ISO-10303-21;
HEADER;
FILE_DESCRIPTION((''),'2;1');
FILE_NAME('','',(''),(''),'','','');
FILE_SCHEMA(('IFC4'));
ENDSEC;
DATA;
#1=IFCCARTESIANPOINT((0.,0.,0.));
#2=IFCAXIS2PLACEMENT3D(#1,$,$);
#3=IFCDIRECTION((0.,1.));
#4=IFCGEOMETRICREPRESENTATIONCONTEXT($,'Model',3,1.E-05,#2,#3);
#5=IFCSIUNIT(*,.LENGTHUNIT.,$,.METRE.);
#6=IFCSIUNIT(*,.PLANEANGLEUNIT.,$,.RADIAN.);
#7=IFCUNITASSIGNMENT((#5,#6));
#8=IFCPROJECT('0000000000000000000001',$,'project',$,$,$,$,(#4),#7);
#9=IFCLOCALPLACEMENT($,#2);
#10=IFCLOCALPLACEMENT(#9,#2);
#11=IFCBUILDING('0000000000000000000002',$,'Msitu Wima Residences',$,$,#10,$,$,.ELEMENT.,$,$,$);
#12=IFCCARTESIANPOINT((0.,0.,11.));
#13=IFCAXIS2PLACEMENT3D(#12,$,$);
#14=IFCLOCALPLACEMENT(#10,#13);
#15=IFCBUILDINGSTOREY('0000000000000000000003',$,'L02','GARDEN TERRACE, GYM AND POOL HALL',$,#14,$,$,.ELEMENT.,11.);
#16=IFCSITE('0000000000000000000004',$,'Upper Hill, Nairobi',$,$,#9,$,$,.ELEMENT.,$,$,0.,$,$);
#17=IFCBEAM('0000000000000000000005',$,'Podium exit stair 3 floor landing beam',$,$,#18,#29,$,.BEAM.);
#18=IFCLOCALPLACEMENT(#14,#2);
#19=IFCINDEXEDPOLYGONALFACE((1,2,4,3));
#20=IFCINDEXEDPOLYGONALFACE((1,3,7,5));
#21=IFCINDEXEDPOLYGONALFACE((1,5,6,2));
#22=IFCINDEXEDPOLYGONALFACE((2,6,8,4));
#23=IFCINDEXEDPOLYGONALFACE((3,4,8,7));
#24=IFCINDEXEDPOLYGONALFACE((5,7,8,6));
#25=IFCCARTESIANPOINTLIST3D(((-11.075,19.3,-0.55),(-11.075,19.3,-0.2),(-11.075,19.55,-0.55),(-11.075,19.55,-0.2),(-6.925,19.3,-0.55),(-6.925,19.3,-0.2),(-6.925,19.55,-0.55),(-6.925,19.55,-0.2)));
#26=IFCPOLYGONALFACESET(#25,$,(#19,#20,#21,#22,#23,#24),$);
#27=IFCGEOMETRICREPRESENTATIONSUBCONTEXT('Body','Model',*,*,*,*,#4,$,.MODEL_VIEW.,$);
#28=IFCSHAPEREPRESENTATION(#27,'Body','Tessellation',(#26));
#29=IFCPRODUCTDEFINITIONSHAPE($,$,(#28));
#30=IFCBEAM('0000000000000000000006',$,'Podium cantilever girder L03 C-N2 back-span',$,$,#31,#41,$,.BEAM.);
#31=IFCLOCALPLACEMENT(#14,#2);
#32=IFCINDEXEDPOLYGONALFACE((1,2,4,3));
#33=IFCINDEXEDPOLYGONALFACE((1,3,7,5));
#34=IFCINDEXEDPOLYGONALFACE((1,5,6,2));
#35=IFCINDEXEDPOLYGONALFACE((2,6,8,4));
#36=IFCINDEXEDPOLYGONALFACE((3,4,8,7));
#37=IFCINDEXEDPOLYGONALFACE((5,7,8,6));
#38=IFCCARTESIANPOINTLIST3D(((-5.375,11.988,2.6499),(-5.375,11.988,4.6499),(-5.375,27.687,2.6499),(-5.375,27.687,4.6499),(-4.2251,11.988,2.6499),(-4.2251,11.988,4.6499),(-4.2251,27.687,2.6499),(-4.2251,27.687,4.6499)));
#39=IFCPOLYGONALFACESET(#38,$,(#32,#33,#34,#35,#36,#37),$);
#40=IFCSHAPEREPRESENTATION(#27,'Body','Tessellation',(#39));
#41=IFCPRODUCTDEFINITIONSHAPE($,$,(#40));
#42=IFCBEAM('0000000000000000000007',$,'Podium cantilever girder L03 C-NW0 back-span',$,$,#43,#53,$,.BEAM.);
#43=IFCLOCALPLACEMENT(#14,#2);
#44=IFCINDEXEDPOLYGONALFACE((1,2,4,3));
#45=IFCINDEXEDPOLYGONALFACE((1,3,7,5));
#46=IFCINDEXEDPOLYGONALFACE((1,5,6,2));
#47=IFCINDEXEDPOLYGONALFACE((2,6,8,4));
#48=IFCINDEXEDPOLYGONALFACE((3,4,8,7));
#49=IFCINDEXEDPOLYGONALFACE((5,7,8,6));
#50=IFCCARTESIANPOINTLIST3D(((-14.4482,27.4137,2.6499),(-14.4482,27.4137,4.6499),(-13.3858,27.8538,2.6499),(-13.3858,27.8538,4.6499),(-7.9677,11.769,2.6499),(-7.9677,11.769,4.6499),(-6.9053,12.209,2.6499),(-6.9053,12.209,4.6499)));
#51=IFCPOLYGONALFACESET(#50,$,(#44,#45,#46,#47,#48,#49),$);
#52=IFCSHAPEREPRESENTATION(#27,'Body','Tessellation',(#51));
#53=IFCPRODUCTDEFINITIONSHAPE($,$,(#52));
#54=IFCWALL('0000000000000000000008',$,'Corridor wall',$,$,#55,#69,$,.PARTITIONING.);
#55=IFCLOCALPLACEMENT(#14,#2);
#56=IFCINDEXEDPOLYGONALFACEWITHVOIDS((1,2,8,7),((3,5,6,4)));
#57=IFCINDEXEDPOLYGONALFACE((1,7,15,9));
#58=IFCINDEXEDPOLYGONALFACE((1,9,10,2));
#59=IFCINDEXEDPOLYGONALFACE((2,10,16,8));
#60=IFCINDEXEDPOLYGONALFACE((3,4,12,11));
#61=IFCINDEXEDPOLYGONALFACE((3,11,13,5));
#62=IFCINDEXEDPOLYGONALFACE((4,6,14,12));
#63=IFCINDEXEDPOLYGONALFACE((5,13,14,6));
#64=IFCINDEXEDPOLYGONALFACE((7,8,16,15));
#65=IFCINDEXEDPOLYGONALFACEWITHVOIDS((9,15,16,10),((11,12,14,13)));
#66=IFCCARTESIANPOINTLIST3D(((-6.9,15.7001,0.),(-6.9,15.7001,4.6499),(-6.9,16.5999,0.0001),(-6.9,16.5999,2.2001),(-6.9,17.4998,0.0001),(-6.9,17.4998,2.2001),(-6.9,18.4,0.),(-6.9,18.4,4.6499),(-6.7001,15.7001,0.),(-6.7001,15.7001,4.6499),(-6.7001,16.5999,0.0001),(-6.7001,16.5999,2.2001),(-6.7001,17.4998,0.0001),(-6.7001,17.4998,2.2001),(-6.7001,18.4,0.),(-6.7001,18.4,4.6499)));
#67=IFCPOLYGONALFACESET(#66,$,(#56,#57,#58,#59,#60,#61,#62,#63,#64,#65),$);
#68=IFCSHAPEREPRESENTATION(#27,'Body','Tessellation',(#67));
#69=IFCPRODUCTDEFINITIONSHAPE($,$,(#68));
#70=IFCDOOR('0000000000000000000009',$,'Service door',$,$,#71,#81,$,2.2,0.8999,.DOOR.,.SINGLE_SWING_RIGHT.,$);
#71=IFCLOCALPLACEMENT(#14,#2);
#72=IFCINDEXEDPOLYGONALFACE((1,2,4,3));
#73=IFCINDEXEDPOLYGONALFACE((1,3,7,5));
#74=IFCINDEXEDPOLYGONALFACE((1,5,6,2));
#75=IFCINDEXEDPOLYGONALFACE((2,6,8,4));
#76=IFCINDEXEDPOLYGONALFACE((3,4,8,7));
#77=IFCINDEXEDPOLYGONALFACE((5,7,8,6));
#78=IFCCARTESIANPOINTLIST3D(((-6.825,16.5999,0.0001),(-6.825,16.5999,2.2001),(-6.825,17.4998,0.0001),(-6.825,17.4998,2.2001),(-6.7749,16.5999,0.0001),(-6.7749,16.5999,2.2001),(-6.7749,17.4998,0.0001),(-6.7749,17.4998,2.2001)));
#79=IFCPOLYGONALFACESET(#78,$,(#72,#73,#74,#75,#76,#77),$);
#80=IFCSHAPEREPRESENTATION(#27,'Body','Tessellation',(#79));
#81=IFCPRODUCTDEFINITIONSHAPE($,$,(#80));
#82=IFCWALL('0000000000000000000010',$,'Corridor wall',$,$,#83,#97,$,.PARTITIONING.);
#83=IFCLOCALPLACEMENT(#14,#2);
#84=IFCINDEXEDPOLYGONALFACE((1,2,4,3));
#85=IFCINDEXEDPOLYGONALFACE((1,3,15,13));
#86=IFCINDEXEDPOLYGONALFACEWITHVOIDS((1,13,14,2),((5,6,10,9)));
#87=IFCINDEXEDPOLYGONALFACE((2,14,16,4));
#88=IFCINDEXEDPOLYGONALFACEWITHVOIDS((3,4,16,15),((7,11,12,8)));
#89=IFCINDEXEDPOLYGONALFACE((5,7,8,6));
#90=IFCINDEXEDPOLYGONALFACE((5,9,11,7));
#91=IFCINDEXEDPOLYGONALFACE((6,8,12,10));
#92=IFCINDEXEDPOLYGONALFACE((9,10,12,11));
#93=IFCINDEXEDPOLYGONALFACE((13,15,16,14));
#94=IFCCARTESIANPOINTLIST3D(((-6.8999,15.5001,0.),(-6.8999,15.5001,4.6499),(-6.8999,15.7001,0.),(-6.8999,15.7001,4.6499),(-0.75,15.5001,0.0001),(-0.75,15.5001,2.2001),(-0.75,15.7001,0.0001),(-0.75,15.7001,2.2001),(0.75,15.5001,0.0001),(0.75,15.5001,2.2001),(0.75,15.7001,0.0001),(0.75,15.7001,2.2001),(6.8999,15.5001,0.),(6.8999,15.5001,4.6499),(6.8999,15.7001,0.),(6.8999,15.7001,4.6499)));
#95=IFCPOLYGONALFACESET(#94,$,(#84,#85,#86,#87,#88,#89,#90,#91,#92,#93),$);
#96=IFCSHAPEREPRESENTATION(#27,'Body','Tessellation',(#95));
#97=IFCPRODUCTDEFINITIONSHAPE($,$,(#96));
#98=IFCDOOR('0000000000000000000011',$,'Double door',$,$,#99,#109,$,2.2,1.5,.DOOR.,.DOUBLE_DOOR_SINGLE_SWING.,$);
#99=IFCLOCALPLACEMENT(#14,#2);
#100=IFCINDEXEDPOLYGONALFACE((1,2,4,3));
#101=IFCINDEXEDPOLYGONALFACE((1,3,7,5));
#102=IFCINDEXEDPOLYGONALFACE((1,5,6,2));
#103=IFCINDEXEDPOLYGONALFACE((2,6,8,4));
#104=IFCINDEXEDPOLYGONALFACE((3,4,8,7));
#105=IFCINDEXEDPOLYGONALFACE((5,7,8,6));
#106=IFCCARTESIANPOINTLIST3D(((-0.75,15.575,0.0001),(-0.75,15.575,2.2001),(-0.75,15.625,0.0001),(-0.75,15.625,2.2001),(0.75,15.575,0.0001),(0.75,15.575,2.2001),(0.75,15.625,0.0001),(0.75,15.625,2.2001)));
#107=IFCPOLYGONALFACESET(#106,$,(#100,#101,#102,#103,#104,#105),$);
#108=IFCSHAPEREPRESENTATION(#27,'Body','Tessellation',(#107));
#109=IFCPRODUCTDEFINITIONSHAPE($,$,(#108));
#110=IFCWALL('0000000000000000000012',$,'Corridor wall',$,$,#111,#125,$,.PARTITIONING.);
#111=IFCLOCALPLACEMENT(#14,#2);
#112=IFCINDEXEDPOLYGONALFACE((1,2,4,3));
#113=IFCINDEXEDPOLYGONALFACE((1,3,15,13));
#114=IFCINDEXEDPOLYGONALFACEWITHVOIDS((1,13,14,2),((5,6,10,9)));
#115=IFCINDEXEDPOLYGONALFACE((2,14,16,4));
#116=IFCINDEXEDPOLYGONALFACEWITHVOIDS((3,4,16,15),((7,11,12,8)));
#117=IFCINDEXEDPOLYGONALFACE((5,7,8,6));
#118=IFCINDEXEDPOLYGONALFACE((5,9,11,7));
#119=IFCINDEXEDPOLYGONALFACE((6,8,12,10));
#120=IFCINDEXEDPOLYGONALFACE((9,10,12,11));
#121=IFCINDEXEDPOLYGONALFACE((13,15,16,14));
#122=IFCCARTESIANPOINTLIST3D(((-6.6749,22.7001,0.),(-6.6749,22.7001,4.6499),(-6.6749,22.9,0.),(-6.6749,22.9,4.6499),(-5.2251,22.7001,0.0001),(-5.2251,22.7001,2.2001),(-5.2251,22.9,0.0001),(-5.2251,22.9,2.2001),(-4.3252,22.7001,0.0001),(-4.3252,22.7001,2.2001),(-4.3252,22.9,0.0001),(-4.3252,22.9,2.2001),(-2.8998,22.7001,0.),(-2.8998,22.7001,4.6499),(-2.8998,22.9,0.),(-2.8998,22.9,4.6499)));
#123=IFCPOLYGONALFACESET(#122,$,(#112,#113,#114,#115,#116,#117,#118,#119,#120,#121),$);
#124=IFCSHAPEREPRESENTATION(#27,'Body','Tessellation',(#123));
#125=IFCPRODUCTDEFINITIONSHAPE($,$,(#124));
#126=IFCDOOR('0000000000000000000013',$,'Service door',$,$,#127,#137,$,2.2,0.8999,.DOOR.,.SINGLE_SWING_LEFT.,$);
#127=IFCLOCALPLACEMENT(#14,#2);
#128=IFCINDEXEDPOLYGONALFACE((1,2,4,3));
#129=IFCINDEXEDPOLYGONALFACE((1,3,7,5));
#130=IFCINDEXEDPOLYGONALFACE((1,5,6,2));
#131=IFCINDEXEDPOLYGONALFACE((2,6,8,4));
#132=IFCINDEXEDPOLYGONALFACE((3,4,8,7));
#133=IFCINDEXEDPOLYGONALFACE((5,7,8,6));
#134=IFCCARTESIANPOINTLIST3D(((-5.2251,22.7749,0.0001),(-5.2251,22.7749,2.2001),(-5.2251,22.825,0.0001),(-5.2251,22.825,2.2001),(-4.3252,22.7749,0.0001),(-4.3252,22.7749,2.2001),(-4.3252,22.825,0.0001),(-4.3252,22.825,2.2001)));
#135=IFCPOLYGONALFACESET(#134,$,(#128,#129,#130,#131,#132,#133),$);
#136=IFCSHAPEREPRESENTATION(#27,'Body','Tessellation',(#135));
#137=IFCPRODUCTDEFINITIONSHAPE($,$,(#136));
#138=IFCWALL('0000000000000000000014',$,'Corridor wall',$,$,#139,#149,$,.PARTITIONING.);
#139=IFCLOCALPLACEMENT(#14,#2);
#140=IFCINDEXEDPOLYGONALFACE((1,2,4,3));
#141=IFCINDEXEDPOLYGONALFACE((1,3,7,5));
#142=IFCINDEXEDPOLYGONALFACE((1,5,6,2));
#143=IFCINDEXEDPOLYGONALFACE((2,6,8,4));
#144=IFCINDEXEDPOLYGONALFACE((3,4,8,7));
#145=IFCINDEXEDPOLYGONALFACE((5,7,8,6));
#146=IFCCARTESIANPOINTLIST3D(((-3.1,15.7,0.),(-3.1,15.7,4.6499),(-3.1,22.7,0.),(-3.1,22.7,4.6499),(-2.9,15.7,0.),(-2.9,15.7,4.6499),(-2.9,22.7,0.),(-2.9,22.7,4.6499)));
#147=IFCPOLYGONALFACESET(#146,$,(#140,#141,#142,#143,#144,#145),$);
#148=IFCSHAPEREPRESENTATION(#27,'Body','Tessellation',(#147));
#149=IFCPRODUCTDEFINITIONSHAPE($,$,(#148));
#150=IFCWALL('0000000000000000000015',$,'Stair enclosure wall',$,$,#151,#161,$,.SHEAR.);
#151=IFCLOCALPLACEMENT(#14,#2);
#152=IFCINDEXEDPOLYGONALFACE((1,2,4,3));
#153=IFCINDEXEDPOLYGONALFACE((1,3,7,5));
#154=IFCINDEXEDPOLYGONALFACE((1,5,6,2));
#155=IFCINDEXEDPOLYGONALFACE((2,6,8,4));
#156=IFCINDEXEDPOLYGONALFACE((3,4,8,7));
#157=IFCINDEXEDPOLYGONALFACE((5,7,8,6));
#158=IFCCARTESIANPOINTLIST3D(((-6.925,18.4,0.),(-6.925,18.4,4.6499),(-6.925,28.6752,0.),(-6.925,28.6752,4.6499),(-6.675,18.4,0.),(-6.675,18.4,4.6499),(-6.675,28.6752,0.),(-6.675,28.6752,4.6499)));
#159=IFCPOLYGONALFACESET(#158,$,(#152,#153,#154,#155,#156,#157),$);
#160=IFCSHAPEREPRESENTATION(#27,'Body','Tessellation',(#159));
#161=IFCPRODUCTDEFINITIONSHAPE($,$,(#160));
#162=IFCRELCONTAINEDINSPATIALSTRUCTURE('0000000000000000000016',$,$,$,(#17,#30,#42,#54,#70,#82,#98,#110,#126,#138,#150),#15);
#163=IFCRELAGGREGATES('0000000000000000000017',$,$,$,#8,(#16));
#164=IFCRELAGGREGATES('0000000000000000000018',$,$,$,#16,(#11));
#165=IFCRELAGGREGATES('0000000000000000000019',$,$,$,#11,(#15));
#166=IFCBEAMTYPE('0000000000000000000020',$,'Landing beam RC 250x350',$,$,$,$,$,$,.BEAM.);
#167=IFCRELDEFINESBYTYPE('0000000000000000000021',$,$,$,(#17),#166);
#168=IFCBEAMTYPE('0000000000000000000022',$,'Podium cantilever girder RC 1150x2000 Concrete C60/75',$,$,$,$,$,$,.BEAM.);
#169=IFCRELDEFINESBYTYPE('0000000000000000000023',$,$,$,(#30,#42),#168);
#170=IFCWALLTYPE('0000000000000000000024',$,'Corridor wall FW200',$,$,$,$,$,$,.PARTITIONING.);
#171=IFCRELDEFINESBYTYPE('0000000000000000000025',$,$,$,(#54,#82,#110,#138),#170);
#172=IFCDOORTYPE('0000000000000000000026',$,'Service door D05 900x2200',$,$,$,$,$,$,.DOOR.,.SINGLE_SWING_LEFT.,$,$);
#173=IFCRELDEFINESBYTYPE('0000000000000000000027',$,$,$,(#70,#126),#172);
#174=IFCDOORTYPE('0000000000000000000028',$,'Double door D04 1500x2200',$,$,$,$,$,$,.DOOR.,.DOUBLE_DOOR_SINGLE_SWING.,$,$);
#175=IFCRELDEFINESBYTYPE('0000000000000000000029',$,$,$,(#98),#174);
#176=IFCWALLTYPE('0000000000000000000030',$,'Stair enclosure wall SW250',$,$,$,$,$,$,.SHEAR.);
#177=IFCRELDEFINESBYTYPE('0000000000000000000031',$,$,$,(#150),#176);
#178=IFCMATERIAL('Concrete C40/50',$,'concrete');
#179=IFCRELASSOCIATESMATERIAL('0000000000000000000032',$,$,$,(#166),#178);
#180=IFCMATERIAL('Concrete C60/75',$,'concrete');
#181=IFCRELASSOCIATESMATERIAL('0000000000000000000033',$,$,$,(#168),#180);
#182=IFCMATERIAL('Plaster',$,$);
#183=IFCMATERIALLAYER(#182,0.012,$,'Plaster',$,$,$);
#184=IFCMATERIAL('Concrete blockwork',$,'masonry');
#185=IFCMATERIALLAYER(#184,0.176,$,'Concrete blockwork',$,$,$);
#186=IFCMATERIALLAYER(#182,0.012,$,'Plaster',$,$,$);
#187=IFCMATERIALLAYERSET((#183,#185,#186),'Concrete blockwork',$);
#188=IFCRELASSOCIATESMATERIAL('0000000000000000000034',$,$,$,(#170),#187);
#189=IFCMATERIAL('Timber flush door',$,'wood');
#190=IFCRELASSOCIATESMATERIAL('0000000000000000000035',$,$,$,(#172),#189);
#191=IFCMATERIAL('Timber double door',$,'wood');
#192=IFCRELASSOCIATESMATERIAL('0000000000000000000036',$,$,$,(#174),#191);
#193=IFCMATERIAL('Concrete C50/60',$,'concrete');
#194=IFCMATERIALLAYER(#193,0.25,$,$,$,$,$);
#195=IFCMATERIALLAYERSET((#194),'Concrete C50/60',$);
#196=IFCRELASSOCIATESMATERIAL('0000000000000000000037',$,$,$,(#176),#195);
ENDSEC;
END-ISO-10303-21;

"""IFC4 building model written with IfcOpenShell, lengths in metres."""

from ifc_helpers import new_model, si_unit, direction, frame, frame_2d, origin, origin_2d, place, context, subcontext, project, spatial, rectangle, extrude, material, layer, layer_set, material_profile, profile_set, type_object, element, fill, save


model = new_model("IFC4")

# Units and contexts
model_context = context("Model", 3, precision=1e-05, world=origin(), true_north=direction((0.0, 1.0)))
body_context = subcontext(model_context, "Body", "Model", "MODEL_VIEW")
ifc_project = project(units=[si_unit("LENGTHUNIT", "METRE"), si_unit("PLANEANGLEUNIT", "RADIAN")], contexts=[model_context])

# Site, building, storey
site_placement = place(None, origin())
site = spatial("IfcSite", under=ifc_project, at=site_placement, Name="Upper Hill, Nairobi", CompositionType="ELEMENT", RefElevation=0.0)
building_placement = place(site_placement, origin())
building = spatial("IfcBuilding", under=site, at=building_placement, Name="Msitu Wima Residences", CompositionType="ELEMENT")
storey_placement = place(building_placement, frame((0.0, 0.0, 11.0)))
storey = spatial("IfcBuildingStorey", under=building, at=storey_placement, Name="L02", Description="GARDEN TERRACE, GYM AND POOL HALL", CompositionType="ELEMENT", Elevation=11.0)

# Beams
ifc_material_1 = material(Name="Concrete C40/50", Category="concrete")
ifc_material_profile_1 = material_profile(ifc_material_1, rectangle(XDim=0.25, YDim=0.3501, at=origin_2d()), Name="RC 250x350")
ifc_profile_set_1 = profile_set([ifc_material_profile_1], Name="Concrete C40/50")
beam_type_1 = type_object("IfcBeamType", Name="Landing beam RC 250x350", PredefinedType="BEAM", material=ifc_profile_set_1)
beam_1_placement = place(storey_placement, frame((-6.925, 19.425, -0.375), z_axis=(-1.0, 0.0, 0.0), x_axis=(0.0, -1.0, 0.0)))
element("IfcBeam", 1, at=beam_1_placement, inside=storey, type_object=beam_type_1, Name="Podium exit stair 3 floor landing beam", PredefinedType="BEAM", context=body_context, shape_type="SweptSolid", body=[
    extrude(rectangle(XDim=0.25, YDim=0.3501, at=origin_2d()), origin(), (0.0, 0.0, 1.0), 4.1499),
])
ifc_material_2 = material(Name="Concrete C60/75", Category="concrete")
ifc_material_profile_2 = material_profile(ifc_material_2, rectangle(XDim=1.1499, YDim=2.0, at=origin_2d()), Name="RC 1150x2000")
ifc_profile_set_2 = profile_set([ifc_material_profile_2], Name="Concrete C60/75")
beam_type_2 = type_object("IfcBeamType", Name="Podium cantilever girder RC 1150x2000 Concrete C60/75", PredefinedType="BEAM", material=ifc_profile_set_2)
beam_2_placement = place(storey_placement, frame((-4.8, 11.988, 3.6499), z_axis=(0.0, 1.0, 0.0), x_axis=(-1.0, 0.0, 0.0)))
element("IfcBeam", 2, at=beam_2_placement, inside=storey, type_object=beam_type_2, Name="Podium cantilever girder L03 C-N2 back-span", PredefinedType="BEAM", context=body_context, shape_type="SweptSolid", body=[
    extrude(rectangle(XDim=1.1499, YDim=2.0, at=origin_2d()), origin(), (0.0, 0.0, 1.0), 15.699),
])
beam_3_placement = place(storey_placement, frame((-7.4365, 11.989, 3.6499), z_axis=(-0.382693, 0.923876, 0.0), x_axis=(-0.923876, -0.382693, 0.0)))
element("IfcBeam", 3, at=beam_3_placement, inside=storey, type_object=beam_type_2, Name="Podium cantilever girder L03 C-NW0 back-span", PredefinedType="BEAM", context=body_context, shape_type="SweptSolid", body=[
    extrude(rectangle(XDim=1.1499, YDim=2.0, at=origin_2d()), origin(), (0.0, 0.0, 1.0), 16.9338),
])

# Walls, openings, doors
ifc_material_3 = material(Name="Plaster")
ifc_layer_1 = layer(ifc_material_3, 0.012, Name="Plaster")
ifc_material_4 = material(Name="Concrete blockwork", Category="masonry")
ifc_layer_2 = layer(ifc_material_4, 0.176, Name="Concrete blockwork")
ifc_layer_3 = layer(ifc_material_3, 0.012, Name="Plaster")
ifc_layer_set_1 = layer_set([ifc_layer_1, ifc_layer_2, ifc_layer_3], Name="Concrete blockwork")
wall_type_1 = type_object("IfcWallType", Name="Corridor wall FW200", PredefinedType="PARTITIONING", material=ifc_layer_set_1)
wall_1_placement = place(storey_placement, frame((-6.8, 15.7, 0.0), z_axis=(0.0, 0.0, 1.0), x_axis=(0.0, 1.0, 0.0)))
wall_1 = element("IfcWall", 4, at=wall_1_placement, inside=storey, type_object=wall_type_1, Name="Corridor wall", PredefinedType="PARTITIONING", context=body_context, shape_type="SweptSolid", body=[
    extrude(rectangle(XDim=2.7, YDim=0.2, at=frame_2d((1.3501, 0.0))), origin(), (0.0, 0.0, 1.0), 4.6499),
])
opening_1_placement = place(wall_1_placement, frame((0.8999, 0.0, 0.0)))
opening_1 = element("IfcOpeningElement", 5, at=opening_1_placement, cuts=wall_1, PredefinedType="OPENING", context=body_context, shape_type="SweptSolid", body=[
    extrude(rectangle(XDim=0.8999, YDim=2.2, at=frame_2d((0.45, 1.1001))), frame((0.0, 0.1099, 0.0), z_axis=(0.0, -1.0, 0.0), x_axis=(1.0, 0.0, 0.0)), (0.0, 0.0, 1.0), 0.22),
])
ifc_material_5 = material(Name="Timber flush door", Category="wood")
door_type_1 = type_object("IfcDoorType", Name="Service door D05 900x2200", OperationType="SINGLE_SWING_LEFT", PredefinedType="DOOR", material=ifc_material_5)
door_1_placement = place(opening_1_placement, origin())
door_1 = element("IfcDoor", 6, at=door_1_placement, inside=storey, type_object=door_type_1, Name="Service door", OperationType="SINGLE_SWING_RIGHT", OverallHeight=2.2, OverallWidth=0.8999, PredefinedType="DOOR", context=body_context, shape_type="SweptSolid", body=[
    extrude(rectangle(XDim=0.8999, YDim=2.2, at=frame_2d((0.45, 1.1001))), frame((0.0, 0.0249, 0.0), z_axis=(0.0, -1.0, 0.0), x_axis=(1.0, 0.0, 0.0)), (0.0, 0.0, 1.0), 0.05),
])
fill(opening_1, door_1)
wall_2_placement = place(storey_placement, frame((-6.8999, 15.6001, 0.0), z_axis=(0.0, 0.0, 1.0), x_axis=(1.0, 0.0, 0.0)))
wall_2 = element("IfcWall", 7, at=wall_2_placement, inside=storey, type_object=wall_type_1, Name="Corridor wall", PredefinedType="PARTITIONING", context=body_context, shape_type="SweptSolid", body=[
    extrude(rectangle(XDim=13.7998, YDim=0.2, at=frame_2d((6.8999, 0.0))), origin(), (0.0, 0.0, 1.0), 4.6499),
])
opening_2_placement = place(wall_2_placement, frame((6.1499, 0.0, 0.0)))
opening_2 = element("IfcOpeningElement", 8, at=opening_2_placement, cuts=wall_2, PredefinedType="OPENING", context=body_context, shape_type="SweptSolid", body=[
    extrude(rectangle(XDim=1.5, YDim=2.2, at=frame_2d((0.75, 1.1001))), frame((0.0, 0.1099, 0.0), z_axis=(0.0, -1.0, 0.0), x_axis=(1.0, 0.0, 0.0)), (0.0, 0.0, 1.0), 0.22),
])
ifc_material_6 = material(Name="Timber double door", Category="wood")
door_type_2 = type_object("IfcDoorType", Name="Double door D04 1500x2200", OperationType="DOUBLE_DOOR_SINGLE_SWING", PredefinedType="DOOR", material=ifc_material_6)
door_2_placement = place(opening_2_placement, origin())
door_2 = element("IfcDoor", 9, at=door_2_placement, inside=storey, type_object=door_type_2, Name="Double door", OperationType="DOUBLE_DOOR_SINGLE_SWING", OverallHeight=2.2, OverallWidth=1.5, PredefinedType="DOOR", context=body_context, shape_type="SweptSolid", body=[
    extrude(rectangle(XDim=1.5, YDim=2.2, at=frame_2d((0.75, 1.1001))), frame((0.0, 0.0249, 0.0), z_axis=(0.0, -1.0, 0.0), x_axis=(1.0, 0.0, 0.0)), (0.0, 0.0, 1.0), 0.05),
])
fill(opening_2, door_2)
wall_3_placement = place(storey_placement, frame((-6.675, 22.8, 0.0), z_axis=(0.0, 0.0, 1.0), x_axis=(1.0, 0.0, 0.0)))
wall_3 = element("IfcWall", 10, at=wall_3_placement, inside=storey, type_object=wall_type_1, Name="Corridor wall", PredefinedType="PARTITIONING", context=body_context, shape_type="SweptSolid", body=[
    extrude(rectangle(XDim=3.7751, YDim=0.2, at=frame_2d((1.8877, 0.0))), origin(), (0.0, 0.0, 1.0), 4.6499),
])
opening_3_placement = place(wall_3_placement, frame((1.45, 0.0, 0.0)))
opening_3 = element("IfcOpeningElement", 11, at=opening_3_placement, cuts=wall_3, PredefinedType="OPENING", context=body_context, shape_type="SweptSolid", body=[
    extrude(rectangle(XDim=0.8999, YDim=2.2, at=frame_2d((0.45, 1.1001))), frame((0.0, 0.1099, 0.0), z_axis=(0.0, -1.0, 0.0), x_axis=(1.0, 0.0, 0.0)), (0.0, 0.0, 1.0), 0.22),
])
door_3_placement = place(opening_3_placement, origin())
door_3 = element("IfcDoor", 12, at=door_3_placement, inside=storey, type_object=door_type_1, Name="Service door", OperationType="SINGLE_SWING_LEFT", OverallHeight=2.2, OverallWidth=0.8999, PredefinedType="DOOR", context=body_context, shape_type="SweptSolid", body=[
    extrude(rectangle(XDim=0.8999, YDim=2.2, at=frame_2d((0.45, 1.1001))), frame((0.0, 0.0249, 0.0), z_axis=(0.0, -1.0, 0.0), x_axis=(1.0, 0.0, 0.0)), (0.0, 0.0, 1.0), 0.05),
])
fill(opening_3, door_3)

# Walls
wall_4_placement = place(storey_placement, frame((-3.0, 15.7, 0.0), z_axis=(0.0, 0.0, 1.0), x_axis=(0.0, 1.0, 0.0)))
element("IfcWall", 13, at=wall_4_placement, inside=storey, type_object=wall_type_1, Name="Corridor wall", PredefinedType="PARTITIONING", context=body_context, shape_type="SweptSolid", body=[
    extrude(rectangle(XDim=7.0, YDim=0.2, at=frame_2d((3.5, 0.0))), origin(), (0.0, 0.0, 1.0), 4.6499),
])
ifc_material_7 = material(Name="Concrete C50/60", Category="concrete")
ifc_layer_4 = layer(ifc_material_7, 0.25)
ifc_layer_set_2 = layer_set([ifc_layer_4], Name="Concrete C50/60")
wall_type_2 = type_object("IfcWallType", Name="Stair enclosure wall SW250", PredefinedType="SHEAR", material=ifc_layer_set_2)
wall_5_placement = place(storey_placement, frame((-6.8, 18.3999, 0.0), z_axis=(0.0, 0.0, 1.0), x_axis=(0.0, 1.0, 0.0)))
element("IfcWall", 14, at=wall_5_placement, inside=storey, type_object=wall_type_2, Name="Stair enclosure wall", PredefinedType="SHEAR", context=body_context, shape_type="SweptSolid", body=[
    extrude(rectangle(XDim=10.2751, YDim=0.25, at=frame_2d((5.1377, 0.0))), origin(), (0.0, 0.0, 1.0), 4.6499),
])

save(model, "model.ifc")
